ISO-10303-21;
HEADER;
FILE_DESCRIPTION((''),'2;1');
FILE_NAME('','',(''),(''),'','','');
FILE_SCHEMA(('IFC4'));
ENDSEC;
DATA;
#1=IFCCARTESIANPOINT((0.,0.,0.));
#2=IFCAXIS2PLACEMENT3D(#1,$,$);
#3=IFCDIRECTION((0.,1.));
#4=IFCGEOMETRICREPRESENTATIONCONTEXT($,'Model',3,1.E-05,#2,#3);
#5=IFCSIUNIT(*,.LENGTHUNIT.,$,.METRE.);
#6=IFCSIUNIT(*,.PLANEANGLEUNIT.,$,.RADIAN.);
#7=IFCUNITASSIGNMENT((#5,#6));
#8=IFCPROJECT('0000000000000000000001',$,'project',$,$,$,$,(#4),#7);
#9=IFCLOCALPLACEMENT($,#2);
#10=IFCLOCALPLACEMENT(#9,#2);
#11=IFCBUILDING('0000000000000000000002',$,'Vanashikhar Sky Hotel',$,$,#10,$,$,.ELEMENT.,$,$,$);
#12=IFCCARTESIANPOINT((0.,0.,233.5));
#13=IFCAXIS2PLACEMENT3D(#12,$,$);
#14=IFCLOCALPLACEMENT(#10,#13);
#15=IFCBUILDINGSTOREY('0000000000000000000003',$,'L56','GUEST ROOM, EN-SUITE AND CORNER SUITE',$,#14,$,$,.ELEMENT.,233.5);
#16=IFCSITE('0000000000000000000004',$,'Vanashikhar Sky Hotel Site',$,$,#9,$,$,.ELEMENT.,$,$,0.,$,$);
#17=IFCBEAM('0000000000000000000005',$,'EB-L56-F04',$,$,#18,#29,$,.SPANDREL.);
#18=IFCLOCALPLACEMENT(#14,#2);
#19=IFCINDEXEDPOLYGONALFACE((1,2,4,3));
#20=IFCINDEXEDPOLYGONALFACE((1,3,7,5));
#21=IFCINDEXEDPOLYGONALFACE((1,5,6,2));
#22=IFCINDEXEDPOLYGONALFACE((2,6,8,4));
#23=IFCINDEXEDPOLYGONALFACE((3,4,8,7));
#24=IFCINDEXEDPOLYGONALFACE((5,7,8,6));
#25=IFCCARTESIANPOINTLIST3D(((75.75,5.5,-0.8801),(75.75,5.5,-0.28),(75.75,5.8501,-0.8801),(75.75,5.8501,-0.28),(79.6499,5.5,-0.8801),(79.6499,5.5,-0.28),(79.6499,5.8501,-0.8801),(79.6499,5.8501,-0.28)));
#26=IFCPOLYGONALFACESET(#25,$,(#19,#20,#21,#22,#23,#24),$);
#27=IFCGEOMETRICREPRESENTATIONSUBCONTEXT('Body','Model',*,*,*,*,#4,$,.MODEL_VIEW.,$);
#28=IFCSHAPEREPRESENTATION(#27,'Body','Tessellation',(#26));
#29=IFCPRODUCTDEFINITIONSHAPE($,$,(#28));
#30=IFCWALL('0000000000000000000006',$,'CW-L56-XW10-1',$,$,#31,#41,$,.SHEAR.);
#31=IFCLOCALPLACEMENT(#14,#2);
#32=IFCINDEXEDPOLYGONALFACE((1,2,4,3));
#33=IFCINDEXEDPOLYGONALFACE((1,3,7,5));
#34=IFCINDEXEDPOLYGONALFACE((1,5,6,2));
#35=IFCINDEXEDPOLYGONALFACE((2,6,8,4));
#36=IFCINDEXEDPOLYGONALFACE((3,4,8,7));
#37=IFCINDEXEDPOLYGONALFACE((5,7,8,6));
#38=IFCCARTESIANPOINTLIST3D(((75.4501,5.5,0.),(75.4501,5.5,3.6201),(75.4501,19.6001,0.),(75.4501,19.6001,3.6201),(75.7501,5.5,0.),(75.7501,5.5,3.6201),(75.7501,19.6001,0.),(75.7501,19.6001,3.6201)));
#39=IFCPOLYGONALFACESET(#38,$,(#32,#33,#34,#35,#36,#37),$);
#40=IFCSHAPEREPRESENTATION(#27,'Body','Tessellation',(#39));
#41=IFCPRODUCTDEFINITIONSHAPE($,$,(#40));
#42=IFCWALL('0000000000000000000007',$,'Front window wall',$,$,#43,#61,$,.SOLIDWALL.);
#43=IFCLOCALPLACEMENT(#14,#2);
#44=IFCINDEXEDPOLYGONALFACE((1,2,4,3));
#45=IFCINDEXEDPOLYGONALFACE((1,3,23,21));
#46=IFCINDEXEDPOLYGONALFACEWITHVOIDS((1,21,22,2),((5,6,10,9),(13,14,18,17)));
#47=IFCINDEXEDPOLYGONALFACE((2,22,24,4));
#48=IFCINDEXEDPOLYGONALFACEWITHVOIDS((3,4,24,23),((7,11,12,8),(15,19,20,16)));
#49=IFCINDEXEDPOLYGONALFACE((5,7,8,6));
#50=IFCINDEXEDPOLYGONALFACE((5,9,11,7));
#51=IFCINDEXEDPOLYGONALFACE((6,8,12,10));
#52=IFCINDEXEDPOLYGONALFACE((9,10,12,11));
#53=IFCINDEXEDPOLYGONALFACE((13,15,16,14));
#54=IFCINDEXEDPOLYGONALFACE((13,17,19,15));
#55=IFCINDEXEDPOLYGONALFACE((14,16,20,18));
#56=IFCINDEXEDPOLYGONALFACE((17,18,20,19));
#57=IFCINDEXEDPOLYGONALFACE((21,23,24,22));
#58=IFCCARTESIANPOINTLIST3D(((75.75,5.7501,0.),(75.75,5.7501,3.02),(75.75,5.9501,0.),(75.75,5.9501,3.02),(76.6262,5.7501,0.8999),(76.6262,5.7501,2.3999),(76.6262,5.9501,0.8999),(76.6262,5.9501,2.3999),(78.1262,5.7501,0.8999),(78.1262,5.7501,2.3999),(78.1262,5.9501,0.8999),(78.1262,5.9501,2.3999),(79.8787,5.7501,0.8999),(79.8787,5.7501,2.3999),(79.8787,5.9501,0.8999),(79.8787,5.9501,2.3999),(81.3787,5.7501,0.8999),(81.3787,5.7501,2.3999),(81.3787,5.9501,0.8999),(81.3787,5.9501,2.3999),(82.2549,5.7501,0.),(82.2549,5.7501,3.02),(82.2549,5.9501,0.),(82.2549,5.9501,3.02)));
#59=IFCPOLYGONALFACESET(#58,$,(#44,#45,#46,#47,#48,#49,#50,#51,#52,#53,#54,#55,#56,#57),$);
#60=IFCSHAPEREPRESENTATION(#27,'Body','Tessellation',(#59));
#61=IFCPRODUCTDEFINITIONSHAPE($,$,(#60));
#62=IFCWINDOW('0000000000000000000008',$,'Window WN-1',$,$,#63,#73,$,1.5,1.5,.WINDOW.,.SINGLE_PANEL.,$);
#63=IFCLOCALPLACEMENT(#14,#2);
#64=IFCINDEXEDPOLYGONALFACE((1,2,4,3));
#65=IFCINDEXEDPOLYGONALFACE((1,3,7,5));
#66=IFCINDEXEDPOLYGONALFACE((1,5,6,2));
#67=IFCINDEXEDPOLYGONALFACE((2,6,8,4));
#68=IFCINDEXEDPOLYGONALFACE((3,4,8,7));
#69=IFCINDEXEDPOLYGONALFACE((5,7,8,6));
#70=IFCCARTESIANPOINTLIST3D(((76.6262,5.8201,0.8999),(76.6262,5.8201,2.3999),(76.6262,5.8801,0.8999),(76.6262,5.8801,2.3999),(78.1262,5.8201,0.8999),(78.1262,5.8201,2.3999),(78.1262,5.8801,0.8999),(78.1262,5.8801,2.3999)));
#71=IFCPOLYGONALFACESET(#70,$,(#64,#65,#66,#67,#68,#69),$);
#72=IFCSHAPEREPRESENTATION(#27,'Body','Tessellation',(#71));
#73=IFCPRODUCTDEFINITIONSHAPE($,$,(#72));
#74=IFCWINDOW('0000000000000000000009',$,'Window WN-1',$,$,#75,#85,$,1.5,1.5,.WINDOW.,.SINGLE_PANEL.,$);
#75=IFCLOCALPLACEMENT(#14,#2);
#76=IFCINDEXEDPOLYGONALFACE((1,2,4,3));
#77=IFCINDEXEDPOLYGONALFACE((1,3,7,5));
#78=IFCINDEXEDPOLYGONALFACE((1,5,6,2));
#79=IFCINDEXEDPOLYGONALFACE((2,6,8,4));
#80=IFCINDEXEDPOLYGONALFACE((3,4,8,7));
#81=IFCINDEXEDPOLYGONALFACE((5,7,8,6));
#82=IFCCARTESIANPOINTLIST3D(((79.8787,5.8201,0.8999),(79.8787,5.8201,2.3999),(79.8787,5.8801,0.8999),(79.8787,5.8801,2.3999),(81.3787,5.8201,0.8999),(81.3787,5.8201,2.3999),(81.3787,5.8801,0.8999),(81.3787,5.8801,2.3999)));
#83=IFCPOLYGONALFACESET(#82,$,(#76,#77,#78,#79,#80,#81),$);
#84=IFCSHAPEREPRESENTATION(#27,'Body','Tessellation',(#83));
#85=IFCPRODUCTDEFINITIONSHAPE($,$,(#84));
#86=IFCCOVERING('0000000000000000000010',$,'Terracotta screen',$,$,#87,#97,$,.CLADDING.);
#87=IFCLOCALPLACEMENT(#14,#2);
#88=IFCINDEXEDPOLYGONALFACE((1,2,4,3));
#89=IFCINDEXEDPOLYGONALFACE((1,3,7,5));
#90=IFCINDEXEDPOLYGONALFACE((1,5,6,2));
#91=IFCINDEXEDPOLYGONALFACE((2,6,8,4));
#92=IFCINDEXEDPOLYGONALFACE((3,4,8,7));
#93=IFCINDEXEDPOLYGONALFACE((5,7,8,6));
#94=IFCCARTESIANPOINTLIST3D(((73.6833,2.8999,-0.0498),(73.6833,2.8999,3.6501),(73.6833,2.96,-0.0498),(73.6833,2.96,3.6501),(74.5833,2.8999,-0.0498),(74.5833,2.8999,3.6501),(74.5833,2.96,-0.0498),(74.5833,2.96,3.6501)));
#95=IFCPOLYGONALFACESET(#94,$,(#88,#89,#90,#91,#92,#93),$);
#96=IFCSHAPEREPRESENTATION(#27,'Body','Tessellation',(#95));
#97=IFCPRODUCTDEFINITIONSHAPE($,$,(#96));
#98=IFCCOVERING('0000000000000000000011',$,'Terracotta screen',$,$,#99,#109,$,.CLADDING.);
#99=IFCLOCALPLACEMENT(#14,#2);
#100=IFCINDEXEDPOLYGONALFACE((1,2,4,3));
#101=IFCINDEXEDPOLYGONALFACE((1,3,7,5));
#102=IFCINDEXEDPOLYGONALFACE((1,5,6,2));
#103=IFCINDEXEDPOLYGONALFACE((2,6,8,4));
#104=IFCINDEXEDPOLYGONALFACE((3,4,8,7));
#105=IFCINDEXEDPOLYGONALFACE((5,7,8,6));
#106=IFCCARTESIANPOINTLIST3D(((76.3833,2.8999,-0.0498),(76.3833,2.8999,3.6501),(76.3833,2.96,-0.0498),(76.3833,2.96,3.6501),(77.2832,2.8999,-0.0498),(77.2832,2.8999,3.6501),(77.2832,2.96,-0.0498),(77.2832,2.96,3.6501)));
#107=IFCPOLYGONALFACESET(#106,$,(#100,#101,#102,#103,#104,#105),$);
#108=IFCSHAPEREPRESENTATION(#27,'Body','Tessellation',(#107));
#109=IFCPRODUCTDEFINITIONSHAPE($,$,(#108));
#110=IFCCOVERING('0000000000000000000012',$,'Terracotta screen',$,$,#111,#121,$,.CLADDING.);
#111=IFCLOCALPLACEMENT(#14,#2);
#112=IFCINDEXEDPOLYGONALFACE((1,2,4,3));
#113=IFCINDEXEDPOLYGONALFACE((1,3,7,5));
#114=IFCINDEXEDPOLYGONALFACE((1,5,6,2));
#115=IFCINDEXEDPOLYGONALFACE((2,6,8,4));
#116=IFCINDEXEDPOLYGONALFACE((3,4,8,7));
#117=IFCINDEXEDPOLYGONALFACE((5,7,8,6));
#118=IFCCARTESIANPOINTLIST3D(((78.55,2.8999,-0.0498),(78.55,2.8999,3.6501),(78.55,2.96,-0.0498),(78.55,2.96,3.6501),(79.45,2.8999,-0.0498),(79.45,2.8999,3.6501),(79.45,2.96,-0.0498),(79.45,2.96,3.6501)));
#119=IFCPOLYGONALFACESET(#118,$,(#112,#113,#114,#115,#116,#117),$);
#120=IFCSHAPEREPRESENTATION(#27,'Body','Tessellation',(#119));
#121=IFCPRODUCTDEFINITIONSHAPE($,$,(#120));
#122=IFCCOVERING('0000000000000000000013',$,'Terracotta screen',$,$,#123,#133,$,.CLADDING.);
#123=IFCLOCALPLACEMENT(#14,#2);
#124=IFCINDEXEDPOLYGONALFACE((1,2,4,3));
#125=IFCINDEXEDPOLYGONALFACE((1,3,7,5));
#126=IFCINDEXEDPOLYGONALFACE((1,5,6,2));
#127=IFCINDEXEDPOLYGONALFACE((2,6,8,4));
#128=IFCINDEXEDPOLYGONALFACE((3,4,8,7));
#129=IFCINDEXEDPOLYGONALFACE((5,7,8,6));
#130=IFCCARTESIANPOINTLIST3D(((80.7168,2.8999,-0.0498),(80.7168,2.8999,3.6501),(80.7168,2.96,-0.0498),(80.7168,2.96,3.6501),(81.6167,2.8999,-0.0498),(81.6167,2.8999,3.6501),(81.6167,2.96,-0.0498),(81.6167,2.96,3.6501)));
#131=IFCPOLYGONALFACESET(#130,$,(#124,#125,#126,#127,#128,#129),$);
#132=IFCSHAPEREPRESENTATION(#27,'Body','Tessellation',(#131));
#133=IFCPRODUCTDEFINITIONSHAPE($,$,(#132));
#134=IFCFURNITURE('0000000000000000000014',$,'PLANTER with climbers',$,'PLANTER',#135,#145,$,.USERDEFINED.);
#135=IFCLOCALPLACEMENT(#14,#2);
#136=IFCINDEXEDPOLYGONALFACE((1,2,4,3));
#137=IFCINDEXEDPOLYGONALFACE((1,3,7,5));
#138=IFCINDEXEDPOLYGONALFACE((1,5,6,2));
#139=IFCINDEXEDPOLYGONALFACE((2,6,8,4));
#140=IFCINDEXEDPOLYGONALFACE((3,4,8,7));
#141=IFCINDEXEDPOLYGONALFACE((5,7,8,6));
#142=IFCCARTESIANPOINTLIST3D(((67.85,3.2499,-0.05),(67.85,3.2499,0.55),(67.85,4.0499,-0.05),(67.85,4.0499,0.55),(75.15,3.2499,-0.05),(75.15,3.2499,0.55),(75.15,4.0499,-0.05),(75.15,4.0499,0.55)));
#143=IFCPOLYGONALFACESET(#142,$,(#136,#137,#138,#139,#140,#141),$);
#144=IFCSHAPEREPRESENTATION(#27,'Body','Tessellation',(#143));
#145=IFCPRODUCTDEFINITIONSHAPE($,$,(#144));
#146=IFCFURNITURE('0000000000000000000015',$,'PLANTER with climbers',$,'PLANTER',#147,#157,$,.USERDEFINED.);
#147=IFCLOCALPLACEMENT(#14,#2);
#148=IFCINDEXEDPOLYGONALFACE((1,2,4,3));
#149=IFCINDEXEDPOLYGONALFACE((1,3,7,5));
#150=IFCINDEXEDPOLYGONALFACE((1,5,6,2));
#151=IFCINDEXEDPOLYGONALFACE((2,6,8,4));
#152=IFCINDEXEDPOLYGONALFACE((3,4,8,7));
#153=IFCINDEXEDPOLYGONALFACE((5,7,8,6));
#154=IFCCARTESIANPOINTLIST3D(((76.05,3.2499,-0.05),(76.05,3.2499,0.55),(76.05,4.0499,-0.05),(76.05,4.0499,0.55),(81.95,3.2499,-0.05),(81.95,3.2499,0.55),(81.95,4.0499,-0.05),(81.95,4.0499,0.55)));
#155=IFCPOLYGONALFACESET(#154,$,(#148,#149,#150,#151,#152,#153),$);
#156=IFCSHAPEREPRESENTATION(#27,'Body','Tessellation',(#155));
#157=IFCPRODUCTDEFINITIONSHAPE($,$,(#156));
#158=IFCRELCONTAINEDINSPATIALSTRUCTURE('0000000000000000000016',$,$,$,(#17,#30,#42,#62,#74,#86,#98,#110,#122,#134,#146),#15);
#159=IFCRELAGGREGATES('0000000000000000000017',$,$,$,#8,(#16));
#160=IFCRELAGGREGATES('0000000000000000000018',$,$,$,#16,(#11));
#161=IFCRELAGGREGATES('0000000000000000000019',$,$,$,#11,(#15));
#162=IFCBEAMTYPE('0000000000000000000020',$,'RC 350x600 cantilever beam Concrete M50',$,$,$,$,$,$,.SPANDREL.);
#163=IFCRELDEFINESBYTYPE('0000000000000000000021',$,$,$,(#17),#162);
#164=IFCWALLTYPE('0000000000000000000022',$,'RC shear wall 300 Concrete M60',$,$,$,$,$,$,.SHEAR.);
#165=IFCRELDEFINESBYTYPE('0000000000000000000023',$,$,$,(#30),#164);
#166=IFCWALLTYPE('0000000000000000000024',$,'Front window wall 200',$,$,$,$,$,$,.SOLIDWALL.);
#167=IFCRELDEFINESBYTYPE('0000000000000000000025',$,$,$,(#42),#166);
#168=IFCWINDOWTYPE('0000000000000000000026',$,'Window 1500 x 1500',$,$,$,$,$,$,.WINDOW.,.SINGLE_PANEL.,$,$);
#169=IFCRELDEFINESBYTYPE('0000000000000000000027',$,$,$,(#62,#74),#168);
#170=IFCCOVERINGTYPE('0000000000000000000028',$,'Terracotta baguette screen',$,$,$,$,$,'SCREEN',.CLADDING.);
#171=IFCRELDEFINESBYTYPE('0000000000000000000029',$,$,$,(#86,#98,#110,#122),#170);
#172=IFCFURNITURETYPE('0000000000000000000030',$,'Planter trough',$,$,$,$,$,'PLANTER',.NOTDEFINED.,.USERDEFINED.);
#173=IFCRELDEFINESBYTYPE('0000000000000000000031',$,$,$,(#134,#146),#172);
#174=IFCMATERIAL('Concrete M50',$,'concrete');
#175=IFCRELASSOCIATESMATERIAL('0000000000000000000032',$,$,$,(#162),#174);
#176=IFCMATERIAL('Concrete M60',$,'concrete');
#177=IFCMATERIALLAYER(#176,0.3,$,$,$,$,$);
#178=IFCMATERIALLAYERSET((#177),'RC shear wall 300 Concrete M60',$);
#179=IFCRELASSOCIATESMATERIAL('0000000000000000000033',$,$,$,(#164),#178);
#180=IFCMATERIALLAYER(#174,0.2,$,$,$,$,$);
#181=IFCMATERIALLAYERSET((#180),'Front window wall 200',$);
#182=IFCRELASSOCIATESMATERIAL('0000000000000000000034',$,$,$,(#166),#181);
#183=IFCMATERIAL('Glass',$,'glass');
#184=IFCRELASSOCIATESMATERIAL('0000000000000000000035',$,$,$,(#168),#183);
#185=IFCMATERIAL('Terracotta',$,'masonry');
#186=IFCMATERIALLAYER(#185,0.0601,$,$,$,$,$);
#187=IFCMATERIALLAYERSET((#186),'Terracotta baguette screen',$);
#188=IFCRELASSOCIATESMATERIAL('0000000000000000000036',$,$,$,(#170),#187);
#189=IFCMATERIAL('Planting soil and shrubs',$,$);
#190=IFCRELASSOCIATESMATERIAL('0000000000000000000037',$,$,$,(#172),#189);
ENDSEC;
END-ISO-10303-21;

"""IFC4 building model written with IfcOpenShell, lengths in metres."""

from ifc_helpers import new_model, si_unit, direction, frame, frame_2d, origin, origin_2d, place, context, subcontext, project, spatial, rectangle, extrude, source, transform, mapped, material, layer, layer_set, material_profile, profile_set, type_object, element, fill, save


model = new_model("IFC4")

# Units and contexts
model_context = context("Model", 3, precision=1e-05, world=origin(), true_north=direction((0.0, 1.0)))
body_context = subcontext(model_context, "Body", "Model", "MODEL_VIEW")
ifc_project = project(units=[si_unit("LENGTHUNIT", "METRE"), si_unit("PLANEANGLEUNIT", "RADIAN")], contexts=[model_context])

# Site, building, storey
site_placement = place(None, origin())
site = spatial("IfcSite", under=ifc_project, at=site_placement, Name="Vanashikhar Sky Hotel Site", CompositionType="ELEMENT", RefElevation=0.0)
building_placement = place(site_placement, origin())
building = spatial("IfcBuilding", under=site, at=building_placement, Name="Vanashikhar Sky Hotel", CompositionType="ELEMENT")
storey_placement = place(building_placement, frame((0.0, 0.0, 233.5)))
storey = spatial("IfcBuildingStorey", under=building, at=storey_placement, Name="L56", Description="GUEST ROOM, EN-SUITE AND CORNER SUITE", CompositionType="ELEMENT", Elevation=233.5)

# Beam
ifc_material_1 = material(Name="Concrete M50", Category="concrete")
ifc_material_profile = material_profile(ifc_material_1, rectangle(XDim=0.3501, YDim=0.6001, at=origin_2d()))
ifc_profile_set = profile_set([ifc_material_profile], Name="RC 350x600 cantilever beam Concrete M50")
beam_type = type_object("IfcBeamType", Name="RC 350x600 cantilever beam Concrete M50", PredefinedType="SPANDREL", material=ifc_profile_set)
shared_shape_1 = source(origin(), body_context, "Body", "SweptSolid", [
    extrude(rectangle(XDim=0.3501, YDim=0.6001, at=origin_2d()), origin(), (0.0, 0.0, 1.0), 3.8999),
])
beam_placement = place(storey_placement, frame((75.75, 5.675, -0.5801), z_axis=(1.0, 0.0, 0.0), x_axis=(0.0, 1.0, 0.0)))
element("IfcBeam", 1, at=beam_placement, inside=storey, type_object=beam_type, Name="EB-L56-F04", PredefinedType="SPANDREL", context=body_context, shape_type="MappedRepresentation", body=[
    mapped(shared_shape_1, transform((0.0, 0.0, 0.0), scale=1.0)),
])

# Wall
ifc_material_2 = material(Name="Concrete M60", Category="concrete")
ifc_layer_1 = layer(ifc_material_2, 0.3)
ifc_layer_set_1 = layer_set([ifc_layer_1], Name="RC shear wall 300 Concrete M60")
wall_type_1 = type_object("IfcWallType", Name="RC shear wall 300 Concrete M60", PredefinedType="SHEAR", material=ifc_layer_set_1)
shared_shape_2 = source(origin(), body_context, "Body", "SweptSolid", [
    extrude(rectangle(XDim=14.1001, YDim=0.3, at=frame_2d((7.05, 0.0))), origin(), (0.0, 0.0, 1.0), 3.6201),
])
wall_1_placement = place(storey_placement, frame((75.6001, 5.5, 0.0), z_axis=(0.0, 0.0, 1.0), x_axis=(0.0, 1.0, 0.0)))
element("IfcWall", 2, at=wall_1_placement, inside=storey, type_object=wall_type_1, Name="CW-L56-XW10-1", PredefinedType="SHEAR", context=body_context, shape_type="MappedRepresentation", body=[
    mapped(shared_shape_2, transform((0.0, 0.0, 0.0), scale=1.0)),
])

# Wall, openings, windows
ifc_layer_2 = layer(ifc_material_1, 0.2)
ifc_layer_set_2 = layer_set([ifc_layer_2], Name="Front window wall 200")
wall_type_2 = type_object("IfcWallType", Name="Front window wall 200", PredefinedType="SOLIDWALL", material=ifc_layer_set_2)
shared_shape_3 = source(origin(), body_context, "Body", "SweptSolid", [
    extrude(rectangle(XDim=6.5049, YDim=0.2, at=frame_2d((3.2524, 0.0))), origin(), (0.0, 0.0, 1.0), 3.02),
])
wall_2_placement = place(storey_placement, frame((75.75, 5.8501, 0.0), z_axis=(0.0, 0.0, 1.0), x_axis=(1.0, 0.0, 0.0)))
wall_2 = element("IfcWall", 3, at=wall_2_placement, inside=storey, type_object=wall_type_2, Name="Front window wall", PredefinedType="SOLIDWALL", context=body_context, shape_type="MappedRepresentation", body=[
    mapped(shared_shape_3, transform((0.0, 0.0, 0.0), scale=1.0)),
])
shared_shape_4 = source(origin(), body_context, "Body", "SweptSolid", [
    extrude(rectangle(XDim=1.5, YDim=1.5, at=frame_2d((0.75, 0.75))), frame((0.0, 0.1099, 0.0), z_axis=(0.0, -1.0, 0.0), x_axis=(1.0, 0.0, 0.0)), (0.0, 0.0, 1.0), 0.22),
])
opening_1_placement = place(wall_2_placement, frame((0.8762, 0.0, 0.8999)))
opening_1 = element("IfcOpeningElement", 4, at=opening_1_placement, cuts=wall_2, PredefinedType="OPENING", context=body_context, shape_type="MappedRepresentation", body=[
    mapped(shared_shape_4, transform((0.0, 0.0, 0.0), scale=1.0)),
])
opening_2_placement = place(wall_2_placement, frame((4.1287, 0.0, 0.8999)))
opening_2 = element("IfcOpeningElement", 5, at=opening_2_placement, cuts=wall_2, PredefinedType="OPENING", context=body_context, shape_type="MappedRepresentation", body=[
    mapped(shared_shape_4, transform((0.0, 0.0, 0.0), scale=1.0)),
])
ifc_material_3 = material(Name="Glass", Category="glass")
window_type = type_object("IfcWindowType", Name="Window 1500 x 1500", PartitioningType="SINGLE_PANEL", PredefinedType="WINDOW", material=ifc_material_3)
shared_shape_5 = source(origin(), body_context, "Body", "SweptSolid", [
    extrude(rectangle(XDim=1.5, YDim=1.5, at=frame_2d((0.75, 0.75))), frame((0.0, 0.03, 0.0), z_axis=(0.0, -1.0, 0.0), x_axis=(1.0, 0.0, 0.0)), (0.0, 0.0, 1.0), 0.0601),
])
window_1_placement = place(opening_1_placement, origin())
window_1 = element("IfcWindow", 6, at=window_1_placement, inside=storey, type_object=window_type, Name="Window WN-1", OverallHeight=1.5, OverallWidth=1.5, PartitioningType="SINGLE_PANEL", PredefinedType="WINDOW", context=body_context, shape_type="MappedRepresentation", body=[
    mapped(shared_shape_5, transform((0.0, 0.0, 0.0), scale=1.0)),
])
fill(opening_1, window_1)
window_2_placement = place(opening_2_placement, origin())
window_2 = element("IfcWindow", 7, at=window_2_placement, inside=storey, type_object=window_type, Name="Window WN-1", OverallHeight=1.5, OverallWidth=1.5, PartitioningType="SINGLE_PANEL", PredefinedType="WINDOW", context=body_context, shape_type="MappedRepresentation", body=[
    mapped(shared_shape_5, transform((0.0, 0.0, 0.0), scale=1.0)),
])
fill(opening_2, window_2)

# Coverings
ifc_material_4 = material(Name="Terracotta", Category="masonry")
ifc_layer_3 = layer(ifc_material_4, 0.0601)
ifc_layer_set_3 = layer_set([ifc_layer_3], Name="Terracotta baguette screen")
covering_type = type_object("IfcCoveringType", Name="Terracotta baguette screen", ElementType="SCREEN", PredefinedType="CLADDING", material=ifc_layer_set_3)
shared_shape_6 = source(origin(), body_context, "Body", "SweptSolid", [
    extrude(rectangle(XDim=0.8999, YDim=0.0601, at=origin_2d()), origin(), (0.0, 0.0, 1.0), 3.7),
])
for number, where, z_axis, x_axis, name in (
    (8, (74.1333, 2.9299, -0.0498), (0.0, 0.0, 1.0), (1.0, 0.0, 0.0), "Terracotta screen"),
    (9, (76.8333, 2.9299, -0.0498), (0.0, 0.0, 1.0), (1.0, 0.0, 0.0), "Terracotta screen"),
    (10, (79.0, 2.9299, -0.0498), (0.0, 0.0, 1.0), (1.0, 0.0, 0.0), "Terracotta screen"),
    (11, (81.1667, 2.9299, -0.0498), (0.0, 0.0, 1.0), (1.0, 0.0, 0.0), "Terracotta screen"),
):
    element("IfcCovering", number, at=place(storey_placement, frame(where, z_axis=z_axis, x_axis=x_axis)), inside=storey, type_object=covering_type, Name=name, PredefinedType="CLADDING", context=body_context, shape_type="MappedRepresentation", body=[
        mapped(shared_shape_6, transform((0.0, 0.0, 0.0), scale=1.0)),
    ])

# Furniture
ifc_material_5 = material(Name="Planting soil and shrubs")
furniture_type = type_object("IfcFurnitureType", Name="Planter trough", ElementType="PLANTER", AssemblyPlace="NOTDEFINED", PredefinedType="USERDEFINED", material=ifc_material_5)
shared_shape_7 = source(origin(), body_context, "Body", "SweptSolid", [
    extrude(rectangle(XDim=7.3, YDim=0.8, at=origin_2d()), origin(), (0.0, 0.0, 1.0), 0.6001),
])
furniture_1_placement = place(storey_placement, frame((71.5, 3.6499, -0.05), z_axis=(0.0, 0.0, 1.0), x_axis=(1.0, 0.0, 0.0)))
element("IfcFurniture", 12, at=furniture_1_placement, inside=storey, type_object=furniture_type, Name="PLANTER with climbers", ObjectType="PLANTER", PredefinedType="USERDEFINED", context=body_context, shape_type="MappedRepresentation", body=[
    mapped(shared_shape_7, transform((0.0, 0.0, 0.0), scale=1.0)),
])
shared_shape_8 = source(origin(), body_context, "Body", "SweptSolid", [
    extrude(rectangle(XDim=5.8999, YDim=0.8, at=origin_2d()), origin(), (0.0, 0.0, 1.0), 0.6001),
])
furniture_2_placement = place(storey_placement, frame((79.0, 3.6499, -0.05), z_axis=(0.0, 0.0, 1.0), x_axis=(1.0, 0.0, 0.0)))
element("IfcFurniture", 13, at=furniture_2_placement, inside=storey, type_object=furniture_type, Name="PLANTER with climbers", ObjectType="PLANTER", PredefinedType="USERDEFINED", context=body_context, shape_type="MappedRepresentation", body=[
    mapped(shared_shape_8, transform((0.0, 0.0, 0.0), scale=1.0)),
])

save(model, "model.ifc")
